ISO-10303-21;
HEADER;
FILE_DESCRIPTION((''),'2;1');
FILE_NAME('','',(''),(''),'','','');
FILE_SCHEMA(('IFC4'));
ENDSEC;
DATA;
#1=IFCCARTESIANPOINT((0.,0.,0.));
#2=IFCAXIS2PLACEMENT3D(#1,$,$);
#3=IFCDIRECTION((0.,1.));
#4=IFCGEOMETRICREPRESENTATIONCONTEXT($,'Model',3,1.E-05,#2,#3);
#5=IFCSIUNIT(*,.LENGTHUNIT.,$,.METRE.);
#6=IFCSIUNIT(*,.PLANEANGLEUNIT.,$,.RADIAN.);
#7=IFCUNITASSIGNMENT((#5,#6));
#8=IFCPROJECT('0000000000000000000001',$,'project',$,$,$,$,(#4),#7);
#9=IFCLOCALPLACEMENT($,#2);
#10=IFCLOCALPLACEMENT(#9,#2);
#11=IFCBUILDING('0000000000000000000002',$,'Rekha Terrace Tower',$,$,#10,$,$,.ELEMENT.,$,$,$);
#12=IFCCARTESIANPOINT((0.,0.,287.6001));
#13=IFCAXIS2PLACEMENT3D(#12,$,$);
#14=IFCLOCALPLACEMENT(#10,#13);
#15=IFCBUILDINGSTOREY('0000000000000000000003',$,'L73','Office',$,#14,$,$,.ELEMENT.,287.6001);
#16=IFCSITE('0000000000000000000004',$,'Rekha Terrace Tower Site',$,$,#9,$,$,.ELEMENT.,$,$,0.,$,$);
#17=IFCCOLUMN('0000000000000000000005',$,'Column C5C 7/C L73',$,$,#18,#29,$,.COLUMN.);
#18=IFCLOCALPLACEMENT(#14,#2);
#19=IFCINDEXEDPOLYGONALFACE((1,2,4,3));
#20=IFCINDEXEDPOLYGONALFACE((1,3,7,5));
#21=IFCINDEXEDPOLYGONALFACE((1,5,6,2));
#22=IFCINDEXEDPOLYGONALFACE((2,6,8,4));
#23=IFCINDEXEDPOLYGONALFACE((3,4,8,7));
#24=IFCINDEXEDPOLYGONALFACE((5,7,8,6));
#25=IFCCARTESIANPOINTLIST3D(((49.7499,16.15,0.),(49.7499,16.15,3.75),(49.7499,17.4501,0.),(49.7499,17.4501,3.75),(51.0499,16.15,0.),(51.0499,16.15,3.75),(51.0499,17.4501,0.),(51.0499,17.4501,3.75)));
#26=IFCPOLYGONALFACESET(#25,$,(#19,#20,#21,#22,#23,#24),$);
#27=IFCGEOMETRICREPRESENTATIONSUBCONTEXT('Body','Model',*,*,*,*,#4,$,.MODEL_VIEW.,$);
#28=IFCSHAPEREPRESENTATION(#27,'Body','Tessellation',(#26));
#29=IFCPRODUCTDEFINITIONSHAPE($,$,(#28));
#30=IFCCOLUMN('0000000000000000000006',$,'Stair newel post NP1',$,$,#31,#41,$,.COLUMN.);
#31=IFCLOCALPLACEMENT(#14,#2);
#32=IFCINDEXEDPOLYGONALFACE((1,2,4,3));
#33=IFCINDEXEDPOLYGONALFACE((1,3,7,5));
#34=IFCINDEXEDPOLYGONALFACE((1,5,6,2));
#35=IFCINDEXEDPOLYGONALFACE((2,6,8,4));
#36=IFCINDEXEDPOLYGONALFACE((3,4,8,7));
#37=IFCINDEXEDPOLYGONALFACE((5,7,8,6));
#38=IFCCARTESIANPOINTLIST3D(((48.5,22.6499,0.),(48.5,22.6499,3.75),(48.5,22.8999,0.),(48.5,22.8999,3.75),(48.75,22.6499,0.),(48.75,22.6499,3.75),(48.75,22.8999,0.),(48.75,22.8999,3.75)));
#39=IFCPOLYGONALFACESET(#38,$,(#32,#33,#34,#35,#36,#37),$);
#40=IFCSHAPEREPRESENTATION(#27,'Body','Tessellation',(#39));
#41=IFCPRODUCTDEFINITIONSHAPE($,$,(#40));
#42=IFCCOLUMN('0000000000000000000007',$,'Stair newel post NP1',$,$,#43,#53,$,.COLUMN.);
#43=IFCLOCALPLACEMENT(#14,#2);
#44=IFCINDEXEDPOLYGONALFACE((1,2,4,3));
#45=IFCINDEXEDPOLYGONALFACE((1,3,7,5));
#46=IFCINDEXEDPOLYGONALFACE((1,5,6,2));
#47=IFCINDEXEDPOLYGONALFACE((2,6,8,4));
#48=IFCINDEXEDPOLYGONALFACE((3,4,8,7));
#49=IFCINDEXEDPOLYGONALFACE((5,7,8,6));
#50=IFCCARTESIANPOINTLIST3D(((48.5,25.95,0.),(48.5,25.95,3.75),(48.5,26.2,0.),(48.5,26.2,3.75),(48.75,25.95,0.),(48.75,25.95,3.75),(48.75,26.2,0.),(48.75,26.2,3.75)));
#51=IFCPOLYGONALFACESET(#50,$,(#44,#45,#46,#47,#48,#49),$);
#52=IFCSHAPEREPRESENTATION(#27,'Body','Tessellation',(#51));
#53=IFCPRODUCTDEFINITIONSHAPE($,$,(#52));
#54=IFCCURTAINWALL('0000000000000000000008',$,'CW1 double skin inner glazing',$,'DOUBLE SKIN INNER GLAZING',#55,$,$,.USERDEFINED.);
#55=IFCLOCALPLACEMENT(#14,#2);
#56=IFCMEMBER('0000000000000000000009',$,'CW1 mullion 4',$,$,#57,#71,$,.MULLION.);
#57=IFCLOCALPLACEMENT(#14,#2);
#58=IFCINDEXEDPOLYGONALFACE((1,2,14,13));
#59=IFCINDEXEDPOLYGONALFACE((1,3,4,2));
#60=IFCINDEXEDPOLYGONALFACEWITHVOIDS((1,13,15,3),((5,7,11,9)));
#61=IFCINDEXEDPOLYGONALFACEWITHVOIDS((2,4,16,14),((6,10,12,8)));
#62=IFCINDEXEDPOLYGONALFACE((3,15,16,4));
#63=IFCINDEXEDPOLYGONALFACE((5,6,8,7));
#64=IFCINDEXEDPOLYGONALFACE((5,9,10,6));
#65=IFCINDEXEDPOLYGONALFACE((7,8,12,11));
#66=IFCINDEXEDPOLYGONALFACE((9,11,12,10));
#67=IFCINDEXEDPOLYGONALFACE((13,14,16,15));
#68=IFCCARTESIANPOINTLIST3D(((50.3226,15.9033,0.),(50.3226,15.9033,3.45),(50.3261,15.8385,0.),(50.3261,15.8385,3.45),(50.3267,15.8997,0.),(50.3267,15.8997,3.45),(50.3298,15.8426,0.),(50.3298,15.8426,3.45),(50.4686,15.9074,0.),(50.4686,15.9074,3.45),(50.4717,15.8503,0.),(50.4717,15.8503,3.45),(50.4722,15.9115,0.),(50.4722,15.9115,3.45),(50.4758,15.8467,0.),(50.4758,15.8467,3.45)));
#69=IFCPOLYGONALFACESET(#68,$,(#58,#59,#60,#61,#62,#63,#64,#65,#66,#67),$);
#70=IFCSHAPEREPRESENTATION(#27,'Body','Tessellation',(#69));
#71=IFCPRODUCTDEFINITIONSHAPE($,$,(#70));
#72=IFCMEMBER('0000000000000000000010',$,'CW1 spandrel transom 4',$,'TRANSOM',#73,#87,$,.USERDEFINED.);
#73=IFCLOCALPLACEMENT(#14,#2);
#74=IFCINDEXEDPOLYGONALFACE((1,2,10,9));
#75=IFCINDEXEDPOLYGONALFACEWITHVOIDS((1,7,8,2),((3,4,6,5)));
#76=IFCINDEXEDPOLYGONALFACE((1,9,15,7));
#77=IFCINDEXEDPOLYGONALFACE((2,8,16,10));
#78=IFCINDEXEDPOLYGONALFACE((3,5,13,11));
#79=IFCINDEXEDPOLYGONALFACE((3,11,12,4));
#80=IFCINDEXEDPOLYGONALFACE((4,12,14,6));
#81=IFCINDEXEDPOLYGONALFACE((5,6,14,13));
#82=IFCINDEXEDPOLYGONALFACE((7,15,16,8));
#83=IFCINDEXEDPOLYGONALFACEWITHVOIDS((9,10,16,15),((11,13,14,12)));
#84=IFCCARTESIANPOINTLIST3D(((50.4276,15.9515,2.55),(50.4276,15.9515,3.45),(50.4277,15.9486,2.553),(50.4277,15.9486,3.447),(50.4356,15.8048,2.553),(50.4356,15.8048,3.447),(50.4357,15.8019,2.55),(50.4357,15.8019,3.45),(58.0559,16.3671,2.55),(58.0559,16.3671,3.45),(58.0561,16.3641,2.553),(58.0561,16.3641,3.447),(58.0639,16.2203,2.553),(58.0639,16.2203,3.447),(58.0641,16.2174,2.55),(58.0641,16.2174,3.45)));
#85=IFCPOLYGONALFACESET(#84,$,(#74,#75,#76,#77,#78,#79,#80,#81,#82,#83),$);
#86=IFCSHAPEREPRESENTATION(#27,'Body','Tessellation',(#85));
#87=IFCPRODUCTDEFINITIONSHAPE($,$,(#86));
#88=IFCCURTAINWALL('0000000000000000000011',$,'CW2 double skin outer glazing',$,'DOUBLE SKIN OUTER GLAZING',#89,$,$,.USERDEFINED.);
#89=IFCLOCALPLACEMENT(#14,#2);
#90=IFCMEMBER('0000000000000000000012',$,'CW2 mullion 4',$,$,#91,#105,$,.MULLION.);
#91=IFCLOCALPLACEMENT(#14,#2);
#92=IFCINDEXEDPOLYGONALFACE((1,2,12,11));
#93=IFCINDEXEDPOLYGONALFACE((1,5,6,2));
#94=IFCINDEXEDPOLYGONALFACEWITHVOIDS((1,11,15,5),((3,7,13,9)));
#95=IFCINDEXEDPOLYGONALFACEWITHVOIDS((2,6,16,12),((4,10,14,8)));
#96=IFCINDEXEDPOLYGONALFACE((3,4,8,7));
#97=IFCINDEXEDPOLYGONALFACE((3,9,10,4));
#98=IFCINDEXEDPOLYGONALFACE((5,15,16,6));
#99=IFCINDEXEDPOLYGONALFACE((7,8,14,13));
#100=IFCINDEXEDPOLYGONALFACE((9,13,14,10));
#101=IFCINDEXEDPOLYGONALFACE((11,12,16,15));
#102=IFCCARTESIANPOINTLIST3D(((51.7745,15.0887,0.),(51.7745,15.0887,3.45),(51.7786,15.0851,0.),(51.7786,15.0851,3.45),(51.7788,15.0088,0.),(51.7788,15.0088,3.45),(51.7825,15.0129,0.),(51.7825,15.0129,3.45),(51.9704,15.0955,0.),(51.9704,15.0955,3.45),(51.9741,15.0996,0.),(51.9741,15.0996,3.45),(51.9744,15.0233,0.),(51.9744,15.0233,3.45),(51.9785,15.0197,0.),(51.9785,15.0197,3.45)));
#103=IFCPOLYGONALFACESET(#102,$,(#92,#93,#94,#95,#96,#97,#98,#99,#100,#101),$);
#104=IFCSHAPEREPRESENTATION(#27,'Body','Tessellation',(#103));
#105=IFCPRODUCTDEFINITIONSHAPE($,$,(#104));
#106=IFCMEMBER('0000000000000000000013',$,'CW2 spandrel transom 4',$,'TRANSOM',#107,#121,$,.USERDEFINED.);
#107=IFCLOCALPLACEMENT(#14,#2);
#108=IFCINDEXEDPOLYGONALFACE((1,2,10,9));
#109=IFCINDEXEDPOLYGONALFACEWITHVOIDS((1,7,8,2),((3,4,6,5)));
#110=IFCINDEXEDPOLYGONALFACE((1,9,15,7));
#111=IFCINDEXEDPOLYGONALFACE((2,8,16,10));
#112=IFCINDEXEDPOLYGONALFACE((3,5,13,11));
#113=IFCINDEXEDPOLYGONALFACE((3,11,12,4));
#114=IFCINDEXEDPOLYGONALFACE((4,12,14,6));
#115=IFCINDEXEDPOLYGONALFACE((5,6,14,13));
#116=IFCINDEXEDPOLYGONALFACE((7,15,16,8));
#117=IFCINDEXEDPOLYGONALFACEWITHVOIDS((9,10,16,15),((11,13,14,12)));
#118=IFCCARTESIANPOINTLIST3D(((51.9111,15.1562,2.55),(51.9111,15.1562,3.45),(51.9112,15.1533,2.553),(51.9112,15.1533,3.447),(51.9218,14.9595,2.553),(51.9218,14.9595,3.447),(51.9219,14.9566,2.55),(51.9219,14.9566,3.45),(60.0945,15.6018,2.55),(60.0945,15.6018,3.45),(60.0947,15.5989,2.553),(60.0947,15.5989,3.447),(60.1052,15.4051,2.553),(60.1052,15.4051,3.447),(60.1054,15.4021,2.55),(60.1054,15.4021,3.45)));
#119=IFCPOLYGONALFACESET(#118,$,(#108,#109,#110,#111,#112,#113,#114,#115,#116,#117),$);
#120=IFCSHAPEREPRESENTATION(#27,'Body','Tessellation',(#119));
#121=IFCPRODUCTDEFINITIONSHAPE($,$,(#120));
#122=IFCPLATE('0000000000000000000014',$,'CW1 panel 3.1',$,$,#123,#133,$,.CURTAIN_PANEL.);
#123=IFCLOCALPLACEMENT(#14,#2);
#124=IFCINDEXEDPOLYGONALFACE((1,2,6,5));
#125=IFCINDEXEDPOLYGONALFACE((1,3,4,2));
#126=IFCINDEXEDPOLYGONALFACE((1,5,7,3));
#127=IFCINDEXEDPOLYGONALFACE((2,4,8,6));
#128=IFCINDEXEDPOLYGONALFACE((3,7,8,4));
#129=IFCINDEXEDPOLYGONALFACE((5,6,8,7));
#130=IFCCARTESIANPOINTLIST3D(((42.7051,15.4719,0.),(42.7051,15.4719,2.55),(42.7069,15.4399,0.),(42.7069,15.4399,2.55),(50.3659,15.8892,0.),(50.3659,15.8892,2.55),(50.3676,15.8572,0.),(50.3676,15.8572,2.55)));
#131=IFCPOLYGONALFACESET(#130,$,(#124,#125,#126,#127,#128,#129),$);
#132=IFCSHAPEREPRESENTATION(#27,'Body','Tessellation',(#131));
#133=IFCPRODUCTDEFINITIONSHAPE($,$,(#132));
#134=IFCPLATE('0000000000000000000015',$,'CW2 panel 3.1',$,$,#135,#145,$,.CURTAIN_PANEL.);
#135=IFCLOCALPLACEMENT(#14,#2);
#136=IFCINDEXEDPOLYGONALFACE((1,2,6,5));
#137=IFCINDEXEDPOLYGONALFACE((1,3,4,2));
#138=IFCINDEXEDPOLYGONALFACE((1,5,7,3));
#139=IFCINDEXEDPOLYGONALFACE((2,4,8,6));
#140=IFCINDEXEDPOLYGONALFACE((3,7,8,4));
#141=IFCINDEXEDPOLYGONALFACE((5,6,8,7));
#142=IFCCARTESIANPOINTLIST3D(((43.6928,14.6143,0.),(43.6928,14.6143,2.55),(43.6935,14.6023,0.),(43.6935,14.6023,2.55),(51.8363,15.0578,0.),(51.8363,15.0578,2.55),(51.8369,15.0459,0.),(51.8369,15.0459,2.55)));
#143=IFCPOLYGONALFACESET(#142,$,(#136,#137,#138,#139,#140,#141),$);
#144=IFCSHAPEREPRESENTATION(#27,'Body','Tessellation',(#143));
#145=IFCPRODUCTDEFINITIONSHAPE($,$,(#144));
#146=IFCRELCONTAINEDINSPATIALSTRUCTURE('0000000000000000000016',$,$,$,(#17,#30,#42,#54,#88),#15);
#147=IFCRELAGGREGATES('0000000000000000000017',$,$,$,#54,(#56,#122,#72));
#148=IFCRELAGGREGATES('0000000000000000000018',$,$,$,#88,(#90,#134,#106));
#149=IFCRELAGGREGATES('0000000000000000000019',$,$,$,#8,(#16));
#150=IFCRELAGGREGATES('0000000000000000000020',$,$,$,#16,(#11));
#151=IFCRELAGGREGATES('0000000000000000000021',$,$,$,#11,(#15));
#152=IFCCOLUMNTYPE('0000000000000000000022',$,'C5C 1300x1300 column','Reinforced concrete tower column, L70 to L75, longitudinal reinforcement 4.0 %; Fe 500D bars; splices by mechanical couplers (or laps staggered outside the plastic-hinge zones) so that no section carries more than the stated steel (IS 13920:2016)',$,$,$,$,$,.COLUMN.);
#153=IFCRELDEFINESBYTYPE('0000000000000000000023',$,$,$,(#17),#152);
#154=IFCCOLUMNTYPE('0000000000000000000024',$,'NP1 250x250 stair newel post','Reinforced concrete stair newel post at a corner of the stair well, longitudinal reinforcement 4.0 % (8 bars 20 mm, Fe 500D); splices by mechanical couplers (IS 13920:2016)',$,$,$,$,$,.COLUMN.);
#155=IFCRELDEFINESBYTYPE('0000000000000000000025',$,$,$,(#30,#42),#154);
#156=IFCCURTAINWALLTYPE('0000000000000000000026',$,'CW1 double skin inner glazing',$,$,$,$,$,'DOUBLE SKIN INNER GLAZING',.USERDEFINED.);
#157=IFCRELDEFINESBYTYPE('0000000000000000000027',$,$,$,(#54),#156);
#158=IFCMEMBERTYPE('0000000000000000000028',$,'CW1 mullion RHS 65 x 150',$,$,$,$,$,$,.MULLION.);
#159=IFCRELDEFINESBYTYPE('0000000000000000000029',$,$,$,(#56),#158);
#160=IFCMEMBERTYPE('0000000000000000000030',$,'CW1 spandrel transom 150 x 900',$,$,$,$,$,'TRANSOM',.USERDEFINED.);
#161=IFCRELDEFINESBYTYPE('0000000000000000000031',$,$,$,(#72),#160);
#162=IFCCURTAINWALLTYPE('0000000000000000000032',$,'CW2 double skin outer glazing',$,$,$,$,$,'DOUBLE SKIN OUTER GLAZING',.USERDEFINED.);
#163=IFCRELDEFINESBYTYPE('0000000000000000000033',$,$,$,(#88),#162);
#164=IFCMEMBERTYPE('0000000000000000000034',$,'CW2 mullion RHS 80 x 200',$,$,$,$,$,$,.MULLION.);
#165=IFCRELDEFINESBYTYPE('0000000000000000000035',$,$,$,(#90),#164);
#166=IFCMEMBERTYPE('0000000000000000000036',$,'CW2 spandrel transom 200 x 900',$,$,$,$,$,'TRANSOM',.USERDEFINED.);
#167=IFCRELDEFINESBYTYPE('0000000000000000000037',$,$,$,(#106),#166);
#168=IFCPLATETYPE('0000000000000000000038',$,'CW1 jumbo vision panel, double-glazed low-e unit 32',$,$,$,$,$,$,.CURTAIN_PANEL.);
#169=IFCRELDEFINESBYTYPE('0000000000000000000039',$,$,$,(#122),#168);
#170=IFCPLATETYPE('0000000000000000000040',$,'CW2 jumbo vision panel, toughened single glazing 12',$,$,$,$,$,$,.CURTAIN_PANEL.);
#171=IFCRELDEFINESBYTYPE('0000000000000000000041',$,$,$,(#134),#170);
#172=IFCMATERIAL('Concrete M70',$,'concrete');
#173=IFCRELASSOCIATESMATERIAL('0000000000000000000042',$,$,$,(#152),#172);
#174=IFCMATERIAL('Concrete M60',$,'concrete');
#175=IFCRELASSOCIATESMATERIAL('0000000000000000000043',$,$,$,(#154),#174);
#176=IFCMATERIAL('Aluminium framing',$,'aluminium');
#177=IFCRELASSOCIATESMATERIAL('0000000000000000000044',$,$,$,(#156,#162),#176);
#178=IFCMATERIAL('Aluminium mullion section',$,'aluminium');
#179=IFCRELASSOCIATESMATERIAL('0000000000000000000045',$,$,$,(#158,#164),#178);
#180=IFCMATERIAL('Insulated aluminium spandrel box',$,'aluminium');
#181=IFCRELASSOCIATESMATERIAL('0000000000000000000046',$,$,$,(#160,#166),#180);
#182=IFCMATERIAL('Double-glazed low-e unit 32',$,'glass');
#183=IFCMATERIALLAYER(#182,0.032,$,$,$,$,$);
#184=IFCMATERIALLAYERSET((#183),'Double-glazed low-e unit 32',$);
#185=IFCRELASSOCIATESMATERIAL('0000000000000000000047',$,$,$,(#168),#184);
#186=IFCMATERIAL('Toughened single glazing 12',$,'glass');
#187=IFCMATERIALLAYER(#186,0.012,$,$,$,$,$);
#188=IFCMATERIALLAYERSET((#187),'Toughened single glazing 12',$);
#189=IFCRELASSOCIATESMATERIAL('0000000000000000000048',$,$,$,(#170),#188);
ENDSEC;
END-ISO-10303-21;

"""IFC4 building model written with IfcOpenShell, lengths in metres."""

from ifc_helpers import new_model, si_unit, direction, frame, origin, origin_2d, place, context, subcontext, project, spatial, rectangle, hollow_rectangle, extrude, material, layer, layer_set, material_profile, profile_set, type_object, element, aggregate, save


model = new_model("IFC4")

# Units and contexts
model_context = context("Model", 3, precision=1e-05, world=origin(), true_north=direction((0.0, 1.0)))
body_context = subcontext(model_context, "Body", "Model", "MODEL_VIEW")
ifc_project = project(units=[si_unit("LENGTHUNIT", "METRE"), si_unit("PLANEANGLEUNIT", "RADIAN")], contexts=[model_context])

# Site, building, storey
site_placement = place(None, origin())
site = spatial("IfcSite", under=ifc_project, at=site_placement, Name="Rekha Terrace Tower Site", CompositionType="ELEMENT", RefElevation=0.0)
building_placement = place(site_placement, origin())
building = spatial("IfcBuilding", under=site, at=building_placement, Name="Rekha Terrace Tower", CompositionType="ELEMENT")
storey_placement = place(building_placement, frame((0.0, 0.0, 287.6001)))
storey = spatial("IfcBuildingStorey", under=building, at=storey_placement, Name="L73", Description="Office", CompositionType="ELEMENT", Elevation=287.6001)

# Columns
ifc_material_1 = material(Name="Concrete M70", Category="concrete")
ifc_material_profile_1 = material_profile(ifc_material_1, rectangle(XDim=1.3, YDim=1.3, at=origin_2d()), Name="RC 1300x1300")
ifc_profile_set_1 = profile_set([ifc_material_profile_1], Name="Concrete M70")
column_type_1 = type_object("IfcColumnType", Name="C5C 1300x1300 column", Description="Reinforced concrete tower column, L70 to L75, longitudinal reinforcement 4.0 %; Fe 500D bars; splices by mechanical couplers (or laps staggered outside the plastic-hinge zones) so that no section carries more than the stated steel (IS 13920:2016)", PredefinedType="COLUMN", material=ifc_profile_set_1)
column_placement = place(storey_placement, frame((50.3999, 16.8, 0.0), z_axis=(0.0, 0.0, 1.0), x_axis=(1.0, 0.0, 0.0)))
element("IfcColumn", 1, at=column_placement, inside=storey, type_object=column_type_1, Name="Column C5C 7/C L73", PredefinedType="COLUMN", context=body_context, shape_type="SweptSolid", body=[
    extrude(rectangle(XDim=1.3, YDim=1.3, at=origin_2d()), origin(), (0.0, 0.0, 1.0), 3.75),
])
ifc_material_2 = material(Name="Concrete M60", Category="concrete")
ifc_material_profile_2 = material_profile(ifc_material_2, rectangle(XDim=0.25, YDim=0.25, at=origin_2d()), Name="RC 250x250")
ifc_profile_set_2 = profile_set([ifc_material_profile_2], Name="Concrete M60")
column_type_2 = type_object("IfcColumnType", Name="NP1 250x250 stair newel post", Description="Reinforced concrete stair newel post at a corner of the stair well, longitudinal reinforcement 4.0 % (8 bars 20 mm, Fe 500D); splices by mechanical couplers (IS 13920:2016)", PredefinedType="COLUMN", material=ifc_profile_set_2)
for number, where, z_axis, x_axis, name in (
    (2, (48.625, 22.7749, 0.0), (0.0, 0.0, 1.0), (1.0, 0.0, 0.0), "Stair newel post NP1"),
    (3, (48.625, 26.075, 0.0), (0.0, 0.0, 1.0), (1.0, 0.0, 0.0), "Stair newel post NP1"),
):
    element("IfcColumn", number, at=place(storey_placement, frame(where, z_axis=z_axis, x_axis=x_axis)), inside=storey, type_object=column_type_2, Name=name, PredefinedType="COLUMN", context=body_context, shape_type="SweptSolid", body=[
        extrude(rectangle(XDim=0.25, YDim=0.25, at=origin_2d()), origin(), (0.0, 0.0, 1.0), 3.75),
    ])

# Curtain walls, members
ifc_material_3 = material(Name="Aluminium framing", Category="aluminium")
curtain_wall_type_1 = type_object("IfcCurtainWallType", Name="CW1 double skin inner glazing", ElementType="DOUBLE SKIN INNER GLAZING", PredefinedType="USERDEFINED", material=ifc_material_3)
curtain_wall_1_placement = place(storey_placement, origin())
curtain_wall_1 = element("IfcCurtainWall", 4, at=curtain_wall_1_placement, inside=storey, type_object=curtain_wall_type_1, Name="CW1 double skin inner glazing", ObjectType="DOUBLE SKIN INNER GLAZING", PredefinedType="USERDEFINED")
ifc_material_4 = material(Name="Aluminium mullion section", Category="aluminium")
ifc_material_profile_3 = material_profile(ifc_material_4, hollow_rectangle(XDim=0.0649, YDim=0.1499, WallThickness=0.0039, at=origin_2d()), Name="AL RHS 65x150")
ifc_profile_set_3 = profile_set([ifc_material_profile_3], Name="Aluminium mullion section")
member_type_1 = type_object("IfcMemberType", Name="CW1 mullion RHS 65 x 150", PredefinedType="MULLION", material=ifc_profile_set_3)
member_1_placement = place(storey_placement, frame((50.3992, 15.875, 0.0), z_axis=(0.0, 0.0, 1.0), x_axis=(-0.054389, 0.99852, 0.0)))
member_1 = element("IfcMember", 5, at=member_1_placement, type_object=member_type_1, Name="CW1 mullion 4", PredefinedType="MULLION", context=body_context, shape_type="SweptSolid", body=[
    extrude(hollow_rectangle(XDim=0.0649, YDim=0.1499, WallThickness=0.0039, at=origin_2d()), origin(), (0.0, 0.0, 1.0), 3.45),
])
ifc_material_5 = material(Name="Insulated aluminium spandrel box", Category="aluminium")
ifc_material_profile_4 = material_profile(ifc_material_5, hollow_rectangle(XDim=0.1499, YDim=0.8999, WallThickness=0.0029, at=origin_2d()), Name="AL SPANDREL BOX 150x900")
ifc_profile_set_4 = profile_set([ifc_material_profile_4], Name="Insulated aluminium spandrel box")
member_type_2 = type_object("IfcMemberType", Name="CW1 spandrel transom 150 x 900", ElementType="TRANSOM", PredefinedType="USERDEFINED", material=ifc_profile_set_4)
member_2_placement = place(storey_placement, frame((50.4316, 15.8767, 3.0), z_axis=(0.99852, 0.05439, 0.0), x_axis=(-0.05439, 0.99852, 0.0)))
member_2 = element("IfcMember", 6, at=member_2_placement, type_object=member_type_2, Name="CW1 spandrel transom 4", ObjectType="TRANSOM", PredefinedType="USERDEFINED", context=body_context, shape_type="SweptSolid", body=[
    extrude(hollow_rectangle(XDim=0.1499, YDim=0.8999, WallThickness=0.0029, at=origin_2d()), origin(), (0.0, 0.0, 1.0), 7.6396),
])
curtain_wall_type_2 = type_object("IfcCurtainWallType", Name="CW2 double skin outer glazing", ElementType="DOUBLE SKIN OUTER GLAZING", PredefinedType="USERDEFINED", material=ifc_material_3)
curtain_wall_2_placement = place(storey_placement, origin())
curtain_wall_2 = element("IfcCurtainWall", 7, at=curtain_wall_2_placement, inside=storey, type_object=curtain_wall_type_2, Name="CW2 double skin outer glazing", ObjectType="DOUBLE SKIN OUTER GLAZING", PredefinedType="USERDEFINED")
ifc_material_profile_5 = material_profile(ifc_material_4, hollow_rectangle(XDim=0.0801, YDim=0.2, WallThickness=0.0039, at=origin_2d()), Name="AL RHS 80x200")
ifc_profile_set_5 = profile_set([ifc_material_profile_5], Name="Aluminium mullion section")
member_type_3 = type_object("IfcMemberType", Name="CW2 mullion RHS 80 x 200", PredefinedType="MULLION", material=ifc_profile_set_5)
member_3_placement = place(storey_placement, frame((51.8765, 15.0542, 0.0), z_axis=(0.0, 0.0, 1.0), x_axis=(-0.054389, 0.99852, 0.0)))
member_3 = element("IfcMember", 8, at=member_3_placement, type_object=member_type_3, Name="CW2 mullion 4", PredefinedType="MULLION", context=body_context, shape_type="SweptSolid", body=[
    extrude(hollow_rectangle(XDim=0.0801, YDim=0.2, WallThickness=0.0039, at=origin_2d()), origin(), (0.0, 0.0, 1.0), 3.45),
])
ifc_material_profile_6 = material_profile(ifc_material_5, hollow_rectangle(XDim=0.2, YDim=0.8999, WallThickness=0.0029, at=origin_2d()), Name="AL SPANDREL BOX 200x900")
ifc_profile_set_6 = profile_set([ifc_material_profile_6], Name="Insulated aluminium spandrel box")
member_type_4 = type_object("IfcMemberType", Name="CW2 spandrel transom 200 x 900", ElementType="TRANSOM", PredefinedType="USERDEFINED", material=ifc_profile_set_6)
member_4_placement = place(storey_placement, frame((51.9165, 15.0564, 3.0), z_axis=(0.998521, 0.054366, 0.0), x_axis=(-0.054366, 0.998521, 0.0)))
member_4 = element("IfcMember", 9, at=member_4_placement, type_object=member_type_4, Name="CW2 spandrel transom 4", ObjectType="TRANSOM", PredefinedType="USERDEFINED", context=body_context, shape_type="SweptSolid", body=[
    extrude(hollow_rectangle(XDim=0.2, YDim=0.8999, WallThickness=0.0029, at=origin_2d()), origin(), (0.0, 0.0, 1.0), 8.1956),
])

# Plates
ifc_material_6 = material(Name="Double-glazed low-e unit 32", Category="glass")
ifc_layer_1 = layer(ifc_material_6, 0.032)
ifc_layer_set_1 = layer_set([ifc_layer_1], Name="Double-glazed low-e unit 32")
plate_type_1 = type_object("IfcPlateType", Name="CW1 jumbo vision panel, double-glazed low-e unit 32", PredefinedType="CURTAIN_PANEL", material=ifc_layer_set_1)
plate_1_placement = place(storey_placement, frame((46.5364, 15.6646, 0.0), z_axis=(0.0, 0.0, 1.0), x_axis=(0.99852, 0.054389, 0.0)))
plate_1 = element("IfcPlate", 10, at=plate_1_placement, type_object=plate_type_1, Name="CW1 panel 3.1", PredefinedType="CURTAIN_PANEL", context=body_context, shape_type="SweptSolid", body=[
    extrude(rectangle(XDim=7.6721, YDim=0.032, at=origin_2d()), origin(), (0.0, 0.0, 1.0), 2.55),
])
aggregate(curtain_wall_1, [member_1, plate_1, member_2])
ifc_material_7 = material(Name="Toughened single glazing 12", Category="glass")
ifc_layer_2 = layer(ifc_material_7, 0.012)
ifc_layer_set_2 = layer_set([ifc_layer_2], Name="Toughened single glazing 12")
plate_type_2 = type_object("IfcPlateType", Name="CW2 jumbo vision panel, toughened single glazing 12", PredefinedType="CURTAIN_PANEL", material=ifc_layer_set_2)
plate_2_placement = place(storey_placement, frame((47.7649, 14.8301, 0.0), z_axis=(0.0, 0.0, 1.0), x_axis=(0.99852, 0.054389, 0.0)))
plate_2 = element("IfcPlate", 11, at=plate_2_placement, type_object=plate_type_2, Name="CW2 panel 3.1", PredefinedType="CURTAIN_PANEL", context=body_context, shape_type="SweptSolid", body=[
    extrude(rectangle(XDim=8.1555, YDim=0.012, at=origin_2d()), origin(), (0.0, 0.0, 1.0), 2.55),
])
aggregate(curtain_wall_2, [member_3, plate_2, member_4])

save(model, "model.ifc")
